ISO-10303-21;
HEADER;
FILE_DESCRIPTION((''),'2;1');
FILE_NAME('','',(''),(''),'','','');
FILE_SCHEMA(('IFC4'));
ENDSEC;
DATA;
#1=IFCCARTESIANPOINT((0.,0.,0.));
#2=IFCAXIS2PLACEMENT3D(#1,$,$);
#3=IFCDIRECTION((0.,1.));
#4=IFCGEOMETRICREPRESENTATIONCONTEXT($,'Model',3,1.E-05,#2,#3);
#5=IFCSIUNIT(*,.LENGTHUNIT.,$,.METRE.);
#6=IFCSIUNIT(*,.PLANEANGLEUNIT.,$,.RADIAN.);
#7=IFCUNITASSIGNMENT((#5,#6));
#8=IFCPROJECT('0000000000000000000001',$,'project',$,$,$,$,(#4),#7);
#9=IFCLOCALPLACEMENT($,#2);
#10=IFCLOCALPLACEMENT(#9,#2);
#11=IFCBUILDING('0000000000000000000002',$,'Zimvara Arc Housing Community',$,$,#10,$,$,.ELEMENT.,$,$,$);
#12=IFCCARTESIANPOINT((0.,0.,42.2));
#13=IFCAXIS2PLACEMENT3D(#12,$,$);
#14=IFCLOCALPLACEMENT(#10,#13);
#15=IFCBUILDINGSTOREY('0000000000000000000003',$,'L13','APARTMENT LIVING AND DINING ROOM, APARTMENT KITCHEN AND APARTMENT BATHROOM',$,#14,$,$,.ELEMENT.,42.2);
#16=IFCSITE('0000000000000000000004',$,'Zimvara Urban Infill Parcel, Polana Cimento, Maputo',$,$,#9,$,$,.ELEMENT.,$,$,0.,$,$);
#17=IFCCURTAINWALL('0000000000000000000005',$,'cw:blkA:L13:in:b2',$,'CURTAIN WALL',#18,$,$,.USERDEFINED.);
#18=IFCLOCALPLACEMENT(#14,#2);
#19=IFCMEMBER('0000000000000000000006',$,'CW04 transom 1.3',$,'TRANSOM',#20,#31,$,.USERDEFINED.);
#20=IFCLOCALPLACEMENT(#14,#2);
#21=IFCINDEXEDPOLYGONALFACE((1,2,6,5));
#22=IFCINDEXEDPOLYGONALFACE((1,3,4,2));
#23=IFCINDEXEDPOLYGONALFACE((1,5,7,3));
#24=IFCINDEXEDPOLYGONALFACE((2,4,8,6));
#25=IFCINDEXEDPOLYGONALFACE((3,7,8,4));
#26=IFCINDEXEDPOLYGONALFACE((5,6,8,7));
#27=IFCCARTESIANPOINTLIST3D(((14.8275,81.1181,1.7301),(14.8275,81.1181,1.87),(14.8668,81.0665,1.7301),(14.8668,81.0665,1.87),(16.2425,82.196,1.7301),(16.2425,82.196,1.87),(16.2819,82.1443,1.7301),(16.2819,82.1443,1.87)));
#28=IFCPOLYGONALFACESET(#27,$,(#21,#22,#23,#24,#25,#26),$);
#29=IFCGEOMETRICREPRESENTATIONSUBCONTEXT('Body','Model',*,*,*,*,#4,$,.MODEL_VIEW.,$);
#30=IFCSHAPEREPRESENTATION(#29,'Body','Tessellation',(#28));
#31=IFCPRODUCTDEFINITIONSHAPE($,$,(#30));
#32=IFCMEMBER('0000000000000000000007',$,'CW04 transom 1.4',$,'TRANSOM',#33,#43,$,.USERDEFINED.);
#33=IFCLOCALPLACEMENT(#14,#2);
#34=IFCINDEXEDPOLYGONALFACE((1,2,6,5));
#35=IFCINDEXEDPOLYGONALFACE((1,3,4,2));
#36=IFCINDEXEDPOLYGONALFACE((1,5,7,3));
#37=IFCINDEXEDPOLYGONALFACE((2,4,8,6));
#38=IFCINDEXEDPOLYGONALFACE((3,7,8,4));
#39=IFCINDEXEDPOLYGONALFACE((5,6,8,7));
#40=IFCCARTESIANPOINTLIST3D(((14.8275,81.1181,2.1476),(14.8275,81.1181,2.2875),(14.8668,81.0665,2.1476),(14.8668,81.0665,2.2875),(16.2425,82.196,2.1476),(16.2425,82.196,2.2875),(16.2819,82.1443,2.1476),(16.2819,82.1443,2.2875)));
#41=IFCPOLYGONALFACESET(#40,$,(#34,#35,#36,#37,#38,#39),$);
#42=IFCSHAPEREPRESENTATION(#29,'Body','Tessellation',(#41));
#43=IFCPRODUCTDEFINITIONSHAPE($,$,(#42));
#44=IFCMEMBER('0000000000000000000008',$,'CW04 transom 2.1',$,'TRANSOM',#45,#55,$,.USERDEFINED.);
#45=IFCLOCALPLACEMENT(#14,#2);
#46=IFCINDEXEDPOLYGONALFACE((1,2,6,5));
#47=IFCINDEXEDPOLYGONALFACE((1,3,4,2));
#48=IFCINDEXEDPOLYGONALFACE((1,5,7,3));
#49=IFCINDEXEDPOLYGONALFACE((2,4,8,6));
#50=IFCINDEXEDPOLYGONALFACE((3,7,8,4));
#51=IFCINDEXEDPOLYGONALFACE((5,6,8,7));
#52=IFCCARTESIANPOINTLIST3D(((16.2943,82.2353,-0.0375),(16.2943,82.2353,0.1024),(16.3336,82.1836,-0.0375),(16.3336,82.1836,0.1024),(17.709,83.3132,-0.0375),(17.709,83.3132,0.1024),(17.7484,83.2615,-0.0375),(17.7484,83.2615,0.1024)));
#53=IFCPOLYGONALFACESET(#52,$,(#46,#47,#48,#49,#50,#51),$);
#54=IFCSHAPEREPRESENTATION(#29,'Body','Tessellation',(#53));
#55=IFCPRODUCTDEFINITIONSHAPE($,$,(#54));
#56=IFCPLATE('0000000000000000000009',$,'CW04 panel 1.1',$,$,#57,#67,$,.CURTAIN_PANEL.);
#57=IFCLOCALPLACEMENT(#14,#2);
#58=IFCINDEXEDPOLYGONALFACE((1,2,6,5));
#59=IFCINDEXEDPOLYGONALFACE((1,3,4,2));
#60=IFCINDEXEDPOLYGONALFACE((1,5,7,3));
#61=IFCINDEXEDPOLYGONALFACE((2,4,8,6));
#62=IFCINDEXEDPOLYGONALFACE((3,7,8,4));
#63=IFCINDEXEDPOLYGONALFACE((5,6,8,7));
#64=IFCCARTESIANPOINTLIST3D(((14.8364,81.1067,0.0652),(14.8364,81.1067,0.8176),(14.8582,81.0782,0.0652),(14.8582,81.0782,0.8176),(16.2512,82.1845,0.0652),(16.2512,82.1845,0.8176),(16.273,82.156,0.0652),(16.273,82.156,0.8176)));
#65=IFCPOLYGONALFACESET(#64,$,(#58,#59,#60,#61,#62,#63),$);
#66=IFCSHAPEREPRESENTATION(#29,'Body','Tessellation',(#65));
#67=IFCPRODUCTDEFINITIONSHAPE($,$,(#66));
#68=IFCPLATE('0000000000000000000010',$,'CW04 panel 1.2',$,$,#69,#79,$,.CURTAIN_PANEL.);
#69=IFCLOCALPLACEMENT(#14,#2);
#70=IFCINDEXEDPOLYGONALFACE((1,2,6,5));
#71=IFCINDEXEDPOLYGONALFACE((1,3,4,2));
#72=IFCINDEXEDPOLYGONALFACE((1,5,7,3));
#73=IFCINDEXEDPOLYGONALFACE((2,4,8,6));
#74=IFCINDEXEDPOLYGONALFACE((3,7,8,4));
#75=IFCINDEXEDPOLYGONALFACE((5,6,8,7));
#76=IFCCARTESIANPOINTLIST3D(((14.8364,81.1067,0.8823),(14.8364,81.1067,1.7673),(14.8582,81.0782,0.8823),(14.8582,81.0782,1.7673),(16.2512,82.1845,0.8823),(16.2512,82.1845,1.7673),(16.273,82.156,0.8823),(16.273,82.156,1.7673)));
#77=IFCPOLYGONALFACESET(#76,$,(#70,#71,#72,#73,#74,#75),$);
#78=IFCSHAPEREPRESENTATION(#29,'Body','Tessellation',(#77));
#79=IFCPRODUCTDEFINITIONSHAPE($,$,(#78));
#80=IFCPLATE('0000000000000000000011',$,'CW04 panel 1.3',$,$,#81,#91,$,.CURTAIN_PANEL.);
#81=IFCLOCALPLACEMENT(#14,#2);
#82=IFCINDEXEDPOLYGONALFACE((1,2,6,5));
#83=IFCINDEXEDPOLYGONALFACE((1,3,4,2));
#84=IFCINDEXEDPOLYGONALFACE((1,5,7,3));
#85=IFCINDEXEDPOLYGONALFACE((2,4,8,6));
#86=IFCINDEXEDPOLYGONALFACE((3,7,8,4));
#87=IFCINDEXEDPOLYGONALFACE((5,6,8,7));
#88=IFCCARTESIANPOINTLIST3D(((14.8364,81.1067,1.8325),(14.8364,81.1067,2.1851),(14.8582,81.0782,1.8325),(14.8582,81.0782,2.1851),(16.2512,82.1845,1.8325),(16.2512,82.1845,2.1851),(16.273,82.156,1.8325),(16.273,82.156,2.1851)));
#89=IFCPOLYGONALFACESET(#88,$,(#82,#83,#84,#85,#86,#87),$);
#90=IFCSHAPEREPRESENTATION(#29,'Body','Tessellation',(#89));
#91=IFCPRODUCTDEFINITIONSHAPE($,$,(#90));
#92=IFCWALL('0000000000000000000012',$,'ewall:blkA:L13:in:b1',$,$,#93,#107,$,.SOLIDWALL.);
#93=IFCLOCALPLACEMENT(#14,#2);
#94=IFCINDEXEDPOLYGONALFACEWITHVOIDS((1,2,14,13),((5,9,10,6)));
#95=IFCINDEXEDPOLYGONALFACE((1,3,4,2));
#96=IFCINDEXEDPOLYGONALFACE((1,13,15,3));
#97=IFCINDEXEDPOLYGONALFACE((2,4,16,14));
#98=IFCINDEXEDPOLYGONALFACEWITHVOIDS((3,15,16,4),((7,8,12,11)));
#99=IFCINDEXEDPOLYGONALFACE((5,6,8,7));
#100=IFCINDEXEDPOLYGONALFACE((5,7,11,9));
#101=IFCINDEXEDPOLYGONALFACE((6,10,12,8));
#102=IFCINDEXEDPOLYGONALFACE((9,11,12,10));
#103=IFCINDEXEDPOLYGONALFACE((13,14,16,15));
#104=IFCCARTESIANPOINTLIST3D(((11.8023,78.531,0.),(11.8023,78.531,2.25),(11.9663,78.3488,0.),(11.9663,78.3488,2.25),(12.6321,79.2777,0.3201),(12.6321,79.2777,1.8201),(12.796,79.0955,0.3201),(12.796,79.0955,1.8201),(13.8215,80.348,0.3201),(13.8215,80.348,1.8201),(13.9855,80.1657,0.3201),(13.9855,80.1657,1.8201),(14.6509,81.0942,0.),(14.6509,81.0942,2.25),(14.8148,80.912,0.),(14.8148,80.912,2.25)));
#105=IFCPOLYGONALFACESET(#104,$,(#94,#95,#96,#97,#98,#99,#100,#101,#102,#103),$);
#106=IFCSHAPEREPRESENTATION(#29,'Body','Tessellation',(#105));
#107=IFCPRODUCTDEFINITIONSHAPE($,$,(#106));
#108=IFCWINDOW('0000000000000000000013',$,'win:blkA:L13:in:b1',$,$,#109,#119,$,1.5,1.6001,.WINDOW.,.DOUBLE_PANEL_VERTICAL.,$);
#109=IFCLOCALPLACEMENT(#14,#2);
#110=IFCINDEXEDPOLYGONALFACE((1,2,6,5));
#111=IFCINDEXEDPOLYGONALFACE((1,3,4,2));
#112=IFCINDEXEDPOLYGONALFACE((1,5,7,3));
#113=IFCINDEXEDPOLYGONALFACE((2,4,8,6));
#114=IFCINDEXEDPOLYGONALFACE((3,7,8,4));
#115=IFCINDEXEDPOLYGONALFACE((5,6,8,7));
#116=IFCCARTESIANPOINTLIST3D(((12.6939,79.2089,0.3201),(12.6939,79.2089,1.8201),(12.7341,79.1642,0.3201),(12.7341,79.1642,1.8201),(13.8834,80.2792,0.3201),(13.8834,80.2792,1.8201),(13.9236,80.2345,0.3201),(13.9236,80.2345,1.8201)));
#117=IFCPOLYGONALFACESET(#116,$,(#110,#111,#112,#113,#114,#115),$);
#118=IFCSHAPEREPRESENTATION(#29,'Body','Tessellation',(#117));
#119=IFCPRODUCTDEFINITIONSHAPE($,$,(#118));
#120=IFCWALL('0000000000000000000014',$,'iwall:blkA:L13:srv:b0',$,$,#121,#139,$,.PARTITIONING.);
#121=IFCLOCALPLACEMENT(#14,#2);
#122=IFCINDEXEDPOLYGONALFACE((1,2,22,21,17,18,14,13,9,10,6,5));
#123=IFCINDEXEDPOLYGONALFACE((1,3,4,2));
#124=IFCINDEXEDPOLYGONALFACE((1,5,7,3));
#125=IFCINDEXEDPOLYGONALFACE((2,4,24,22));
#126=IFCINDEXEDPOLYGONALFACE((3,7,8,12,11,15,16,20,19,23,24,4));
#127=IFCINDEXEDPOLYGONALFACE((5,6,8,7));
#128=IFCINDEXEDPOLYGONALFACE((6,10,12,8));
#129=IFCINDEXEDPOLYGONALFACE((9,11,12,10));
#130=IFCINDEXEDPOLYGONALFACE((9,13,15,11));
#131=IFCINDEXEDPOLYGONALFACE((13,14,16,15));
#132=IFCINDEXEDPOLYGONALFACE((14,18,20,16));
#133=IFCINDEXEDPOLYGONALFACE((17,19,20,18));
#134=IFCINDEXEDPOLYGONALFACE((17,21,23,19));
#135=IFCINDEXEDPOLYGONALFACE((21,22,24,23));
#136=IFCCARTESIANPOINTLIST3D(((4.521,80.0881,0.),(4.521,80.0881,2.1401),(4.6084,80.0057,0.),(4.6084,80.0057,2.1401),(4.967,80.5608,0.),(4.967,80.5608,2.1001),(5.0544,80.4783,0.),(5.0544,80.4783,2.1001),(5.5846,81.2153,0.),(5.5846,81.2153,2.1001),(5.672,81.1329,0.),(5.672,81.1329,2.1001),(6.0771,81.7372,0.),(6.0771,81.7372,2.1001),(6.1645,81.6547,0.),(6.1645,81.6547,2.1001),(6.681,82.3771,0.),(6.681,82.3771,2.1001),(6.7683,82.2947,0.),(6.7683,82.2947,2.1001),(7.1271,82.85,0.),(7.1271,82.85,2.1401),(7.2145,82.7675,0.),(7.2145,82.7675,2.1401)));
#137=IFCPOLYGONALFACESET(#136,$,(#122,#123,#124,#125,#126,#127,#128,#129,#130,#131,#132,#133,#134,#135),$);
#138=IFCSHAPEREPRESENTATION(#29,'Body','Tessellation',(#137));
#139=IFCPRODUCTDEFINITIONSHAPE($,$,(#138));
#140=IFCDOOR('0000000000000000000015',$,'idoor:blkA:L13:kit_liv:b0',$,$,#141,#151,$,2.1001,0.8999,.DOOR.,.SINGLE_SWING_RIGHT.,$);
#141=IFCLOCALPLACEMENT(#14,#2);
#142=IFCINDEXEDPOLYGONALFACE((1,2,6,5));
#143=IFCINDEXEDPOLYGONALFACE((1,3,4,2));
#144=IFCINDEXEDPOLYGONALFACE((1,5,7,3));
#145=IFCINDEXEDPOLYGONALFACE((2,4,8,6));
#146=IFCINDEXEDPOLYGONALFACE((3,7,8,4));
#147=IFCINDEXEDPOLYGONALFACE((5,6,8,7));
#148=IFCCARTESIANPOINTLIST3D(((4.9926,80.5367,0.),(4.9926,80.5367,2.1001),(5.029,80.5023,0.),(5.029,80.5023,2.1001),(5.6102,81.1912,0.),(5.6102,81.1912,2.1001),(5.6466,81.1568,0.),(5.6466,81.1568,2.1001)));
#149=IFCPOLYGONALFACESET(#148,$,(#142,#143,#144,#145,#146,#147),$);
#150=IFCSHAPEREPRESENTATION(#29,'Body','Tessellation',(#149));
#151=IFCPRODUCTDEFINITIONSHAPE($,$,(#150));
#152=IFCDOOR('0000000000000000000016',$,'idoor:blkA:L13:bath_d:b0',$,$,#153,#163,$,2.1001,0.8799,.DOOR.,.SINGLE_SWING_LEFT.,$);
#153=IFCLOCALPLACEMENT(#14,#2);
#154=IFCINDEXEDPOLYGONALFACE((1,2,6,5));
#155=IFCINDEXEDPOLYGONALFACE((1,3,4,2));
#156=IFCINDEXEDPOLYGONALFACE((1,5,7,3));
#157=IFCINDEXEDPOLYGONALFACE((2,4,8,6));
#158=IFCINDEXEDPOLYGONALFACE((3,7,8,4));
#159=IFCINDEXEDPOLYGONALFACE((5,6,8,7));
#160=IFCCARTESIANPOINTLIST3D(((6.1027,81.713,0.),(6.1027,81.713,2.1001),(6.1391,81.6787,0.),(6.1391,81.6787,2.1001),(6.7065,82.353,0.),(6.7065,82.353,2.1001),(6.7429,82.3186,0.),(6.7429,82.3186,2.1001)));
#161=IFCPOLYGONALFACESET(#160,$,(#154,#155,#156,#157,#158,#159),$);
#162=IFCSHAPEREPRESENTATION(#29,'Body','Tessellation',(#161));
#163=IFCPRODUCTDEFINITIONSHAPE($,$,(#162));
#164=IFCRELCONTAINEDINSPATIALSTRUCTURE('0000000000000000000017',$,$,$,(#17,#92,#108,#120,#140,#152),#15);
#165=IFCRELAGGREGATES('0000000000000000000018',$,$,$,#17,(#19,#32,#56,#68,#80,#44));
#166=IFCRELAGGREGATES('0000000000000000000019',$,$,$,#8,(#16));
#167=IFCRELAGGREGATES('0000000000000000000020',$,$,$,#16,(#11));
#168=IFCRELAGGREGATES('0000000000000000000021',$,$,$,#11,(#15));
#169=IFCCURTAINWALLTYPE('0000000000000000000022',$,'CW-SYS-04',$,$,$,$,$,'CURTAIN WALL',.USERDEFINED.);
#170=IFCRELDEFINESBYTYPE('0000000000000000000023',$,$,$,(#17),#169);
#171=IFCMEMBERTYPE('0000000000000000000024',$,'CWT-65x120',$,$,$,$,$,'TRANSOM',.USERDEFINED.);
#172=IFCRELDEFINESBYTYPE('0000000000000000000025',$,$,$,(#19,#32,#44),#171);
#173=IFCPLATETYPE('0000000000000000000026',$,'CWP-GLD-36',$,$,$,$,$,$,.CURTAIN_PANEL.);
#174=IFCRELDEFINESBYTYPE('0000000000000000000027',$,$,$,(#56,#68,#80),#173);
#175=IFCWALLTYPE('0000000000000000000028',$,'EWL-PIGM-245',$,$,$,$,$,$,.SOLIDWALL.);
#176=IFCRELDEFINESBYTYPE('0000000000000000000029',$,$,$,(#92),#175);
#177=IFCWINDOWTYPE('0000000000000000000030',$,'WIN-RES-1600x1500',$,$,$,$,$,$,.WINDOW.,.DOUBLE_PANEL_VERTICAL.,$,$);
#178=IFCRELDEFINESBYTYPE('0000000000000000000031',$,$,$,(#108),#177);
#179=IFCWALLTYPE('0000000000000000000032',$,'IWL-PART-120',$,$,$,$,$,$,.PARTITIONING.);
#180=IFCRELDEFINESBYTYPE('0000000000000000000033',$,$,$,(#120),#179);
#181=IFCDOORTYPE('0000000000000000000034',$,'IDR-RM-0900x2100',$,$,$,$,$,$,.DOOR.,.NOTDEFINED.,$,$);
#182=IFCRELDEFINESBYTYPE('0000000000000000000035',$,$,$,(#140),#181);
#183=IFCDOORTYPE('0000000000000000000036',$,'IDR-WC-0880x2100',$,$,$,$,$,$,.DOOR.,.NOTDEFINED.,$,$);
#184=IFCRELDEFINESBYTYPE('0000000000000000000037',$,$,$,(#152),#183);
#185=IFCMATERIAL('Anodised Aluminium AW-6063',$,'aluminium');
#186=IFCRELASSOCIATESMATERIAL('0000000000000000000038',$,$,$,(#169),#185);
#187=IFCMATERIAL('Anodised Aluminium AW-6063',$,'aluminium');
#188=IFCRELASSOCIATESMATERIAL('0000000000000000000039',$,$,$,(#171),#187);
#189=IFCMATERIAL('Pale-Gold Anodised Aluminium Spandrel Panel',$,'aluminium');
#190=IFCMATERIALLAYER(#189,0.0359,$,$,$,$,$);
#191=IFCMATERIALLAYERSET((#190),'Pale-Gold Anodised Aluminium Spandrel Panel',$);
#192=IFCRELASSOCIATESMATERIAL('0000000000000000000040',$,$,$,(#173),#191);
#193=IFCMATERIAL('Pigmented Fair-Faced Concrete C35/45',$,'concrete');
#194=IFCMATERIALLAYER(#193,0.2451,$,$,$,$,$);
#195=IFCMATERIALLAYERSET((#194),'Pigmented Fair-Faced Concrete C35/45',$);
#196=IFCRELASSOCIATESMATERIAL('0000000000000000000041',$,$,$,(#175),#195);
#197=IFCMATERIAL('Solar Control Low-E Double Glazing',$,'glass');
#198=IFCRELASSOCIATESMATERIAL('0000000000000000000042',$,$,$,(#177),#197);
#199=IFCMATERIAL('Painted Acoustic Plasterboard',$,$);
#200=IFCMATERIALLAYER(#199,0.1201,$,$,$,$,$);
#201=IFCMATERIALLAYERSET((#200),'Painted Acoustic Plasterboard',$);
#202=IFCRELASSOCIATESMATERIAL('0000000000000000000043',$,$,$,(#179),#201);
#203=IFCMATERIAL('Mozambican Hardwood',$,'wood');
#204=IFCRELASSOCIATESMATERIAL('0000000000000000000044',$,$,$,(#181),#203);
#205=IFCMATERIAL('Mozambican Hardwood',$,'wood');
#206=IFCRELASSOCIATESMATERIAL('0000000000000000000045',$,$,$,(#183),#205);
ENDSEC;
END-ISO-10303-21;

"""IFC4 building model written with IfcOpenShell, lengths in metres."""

from ifc_helpers import new_model, si_unit, direction, frame, frame_2d, origin, origin_2d, place, context, subcontext, project, spatial, rectangle, extrude, material, layer, layer_set, material_profile, profile_set, type_object, element, fill, aggregate, save


model = new_model("IFC4")

# Units and contexts
model_context = context("Model", 3, precision=1e-05, world=origin(), true_north=direction((0.0, 1.0)))
body_context = subcontext(model_context, "Body", "Model", "MODEL_VIEW")
ifc_project = project(units=[si_unit("LENGTHUNIT", "METRE"), si_unit("PLANEANGLEUNIT", "RADIAN")], contexts=[model_context])

# Site, building, storey
site_placement = place(None, origin())
site = spatial("IfcSite", under=ifc_project, at=site_placement, Name="Zimvara Urban Infill Parcel, Polana Cimento, Maputo", CompositionType="ELEMENT", RefElevation=0.0)
building_placement = place(site_placement, origin())
building = spatial("IfcBuilding", under=site, at=building_placement, Name="Zimvara Arc Housing Community", CompositionType="ELEMENT")
storey_placement = place(building_placement, frame((0.0, 0.0, 42.2)))
storey = spatial("IfcBuildingStorey", under=building, at=storey_placement, Name="L13", Description="APARTMENT LIVING AND DINING ROOM, APARTMENT KITCHEN AND APARTMENT BATHROOM", CompositionType="ELEMENT", Elevation=42.2)

# Curtain wall, members, plates
ifc_material_1 = material(Name="Anodised Aluminium AW-6063", Category="aluminium")
curtain_wall_type = type_object("IfcCurtainWallType", Name="CW-SYS-04", ElementType="CURTAIN WALL", PredefinedType="USERDEFINED", material=ifc_material_1)
curtain_wall_placement = place(storey_placement, origin())
curtain_wall = element("IfcCurtainWall", 1, at=curtain_wall_placement, inside=storey, type_object=curtain_wall_type, Name="cw:blkA:L13:in:b2", ObjectType="CURTAIN WALL", PredefinedType="USERDEFINED")
ifc_material_2 = material(Name="Anodised Aluminium AW-6063", Category="aluminium")
ifc_material_profile_1 = material_profile(ifc_material_2, rectangle(XDim=0.0649, YDim=0.1399, at=origin_2d()), Name="ALU 65x140")
ifc_profile_set_1 = profile_set([ifc_material_profile_1], Name="Anodised Aluminium AW-6063")
member_type_1 = type_object("IfcMemberType", Name="CWT-65x120", ElementType="TRANSOM", PredefinedType="USERDEFINED", material=ifc_profile_set_1)
member_1_placement = place(storey_placement, frame((14.8472, 81.0923, 1.8), z_axis=(0.795498, 0.605956, 0.0), x_axis=(-0.605956, 0.795498, 0.0)))
member_1 = element("IfcMember", 2, at=member_1_placement, type_object=member_type_1, Name="CW04 transom 1.3", ObjectType="TRANSOM", PredefinedType="USERDEFINED", context=body_context, shape_type="SweptSolid", body=[
    extrude(rectangle(XDim=0.0649, YDim=0.1399, at=origin_2d()), origin(), (0.0, 0.0, 1.0), 1.7788),
])
member_2_placement = place(storey_placement, frame((14.8472, 81.0923, 2.2175), z_axis=(0.795498, 0.605956, 0.0), x_axis=(-0.605956, 0.795498, 0.0)))
member_2 = element("IfcMember", 3, at=member_2_placement, type_object=member_type_1, Name="CW04 transom 1.4", ObjectType="TRANSOM", PredefinedType="USERDEFINED", context=body_context, shape_type="SweptSolid", body=[
    extrude(rectangle(XDim=0.0649, YDim=0.1399, at=origin_2d()), origin(), (0.0, 0.0, 1.0), 1.7788),
])
member_3_placement = place(storey_placement, frame((16.314, 82.2095, 0.0325), z_axis=(0.795447, 0.606023, 0.0), x_axis=(-0.606023, 0.795447, 0.0)))
member_3 = element("IfcMember", 4, at=member_3_placement, type_object=member_type_1, Name="CW04 transom 2.1", ObjectType="TRANSOM", PredefinedType="USERDEFINED", context=body_context, shape_type="SweptSolid", body=[
    extrude(rectangle(XDim=0.0649, YDim=0.1399, at=origin_2d()), origin(), (0.0, 0.0, 1.0), 1.7786),
])
ifc_material_3 = material(Name="Pale-Gold Anodised Aluminium Spandrel Panel", Category="aluminium")
ifc_layer_1 = layer(ifc_material_3, 0.0359)
ifc_layer_set_1 = layer_set([ifc_layer_1], Name="Pale-Gold Anodised Aluminium Spandrel Panel")
plate_type = type_object("IfcPlateType", Name="CWP-GLD-36", PredefinedType="CURTAIN_PANEL", material=ifc_layer_set_1)
plate_1_placement = place(storey_placement, frame((15.5547, 81.6313, 0.0652), z_axis=(0.0, 0.0, 1.0), x_axis=(0.795474, 0.605988, 0.0)))
plate_1 = element("IfcPlate", 5, at=plate_1_placement, type_object=plate_type, Name="CW04 panel 1.1", PredefinedType="CURTAIN_PANEL", context=body_context, shape_type="SweptSolid", body=[
    extrude(rectangle(XDim=1.7786, YDim=0.0359, at=origin_2d()), origin(), (0.0, 0.0, 1.0), 0.7524),
])
plate_2_placement = place(storey_placement, frame((15.5547, 81.6313, 0.8823), z_axis=(0.0, 0.0, 1.0), x_axis=(0.795474, 0.605988, 0.0)))
plate_2 = element("IfcPlate", 6, at=plate_2_placement, type_object=plate_type, Name="CW04 panel 1.2", PredefinedType="CURTAIN_PANEL", context=body_context, shape_type="SweptSolid", body=[
    extrude(rectangle(XDim=1.7786, YDim=0.0359, at=origin_2d()), origin(), (0.0, 0.0, 1.0), 0.885),
])
plate_3_placement = place(storey_placement, frame((15.5547, 81.6313, 1.8325), z_axis=(0.0, 0.0, 1.0), x_axis=(0.795474, 0.605988, 0.0)))
plate_3 = element("IfcPlate", 7, at=plate_3_placement, type_object=plate_type, Name="CW04 panel 1.3", PredefinedType="CURTAIN_PANEL", context=body_context, shape_type="SweptSolid", body=[
    extrude(rectangle(XDim=1.7786, YDim=0.0359, at=origin_2d()), origin(), (0.0, 0.0, 1.0), 0.3525),
])
aggregate(curtain_wall, [member_1, member_2, plate_1, plate_2, plate_3, member_3])

# Wall, opening, window
ifc_material_4 = material(Name="Pigmented Fair-Faced Concrete C35/45", Category="concrete")
ifc_layer_2 = layer(ifc_material_4, 0.2451)
ifc_layer_set_2 = layer_set([ifc_layer_2], Name="Pigmented Fair-Faced Concrete C35/45")
wall_type_1 = type_object("IfcWallType", Name="EWL-PIGM-245", PredefinedType="SOLIDWALL", material=ifc_layer_set_2)
wall_1_placement = place(storey_placement, frame((11.8843, 78.4399, 0.0), z_axis=(0.0, 0.0, 1.0), x_axis=(0.743364, 0.668887, 0.0)))
wall_1 = element("IfcWall", 8, at=wall_1_placement, inside=storey, type_object=wall_type_1, Name="ewall:blkA:L13:in:b1", PredefinedType="SOLIDWALL", context=body_context, shape_type="SweptSolid", body=[
    extrude(rectangle(XDim=3.832, YDim=0.2451, at=frame_2d((1.916, 0.0))), origin(), (0.0, 0.0, 1.0), 2.25),
])
opening_1_placement = place(wall_1_placement, frame((1.1162, 0.0, 0.3201)))
opening_1 = element("IfcOpeningElement", 9, at=opening_1_placement, cuts=wall_1, PredefinedType="OPENING", context=body_context, shape_type="SweptSolid", body=[
    extrude(rectangle(XDim=1.6001, YDim=1.5, at=frame_2d((0.8, 0.75))), frame((0.0, 0.1326, 0.0), z_axis=(0.0, -1.0, 0.0), x_axis=(1.0, 0.0, 0.0)), (0.0, 0.0, 1.0), 0.2651),
])
ifc_material_5 = material(Name="Solar Control Low-E Double Glazing", Category="glass")
window_type = type_object("IfcWindowType", Name="WIN-RES-1600x1500", PartitioningType="DOUBLE_PANEL_VERTICAL", PredefinedType="WINDOW", material=ifc_material_5)
window_placement = place(opening_1_placement, origin())
window = element("IfcWindow", 10, at=window_placement, inside=storey, type_object=window_type, Name="win:blkA:L13:in:b1", OverallHeight=1.5, OverallWidth=1.6001, PartitioningType="DOUBLE_PANEL_VERTICAL", PredefinedType="WINDOW", context=body_context, shape_type="SweptSolid", body=[
    extrude(rectangle(XDim=1.6001, YDim=1.5, at=frame_2d((0.8, 0.75))), frame((0.0, 0.03, 0.0), z_axis=(0.0, -1.0, 0.0), x_axis=(1.0, 0.0, 0.0)), (0.0, 0.0, 1.0), 0.0601),
])
fill(opening_1, window)

# Wall, openings, doors
ifc_material_6 = material(Name="Painted Acoustic Plasterboard")
ifc_layer_3 = layer(ifc_material_6, 0.1201)
ifc_layer_set_3 = layer_set([ifc_layer_3], Name="Painted Acoustic Plasterboard")
wall_type_2 = type_object("IfcWallType", Name="IWL-PART-120", PredefinedType="PARTITIONING", material=ifc_layer_set_3)
wall_2_placement = place(storey_placement, frame((4.5647, 80.0469, 0.0), z_axis=(0.0, 0.0, 1.0), x_axis=(0.686301, 0.727318, 0.0)))
wall_2 = element("IfcWall", 11, at=wall_2_placement, inside=storey, type_object=wall_type_2, Name="iwall:blkA:L13:srv:b0", PredefinedType="PARTITIONING", context=body_context, shape_type="SweptSolid", body=[
    extrude(rectangle(XDim=3.7974, YDim=0.1201, at=frame_2d((1.8987, 0.0))), origin(), (0.0, 0.0, 1.0), 2.1401),
])
opening_2_placement = place(wall_2_placement, frame((0.6499, 0.0, 0.0)))
opening_2 = element("IfcOpeningElement", 12, at=opening_2_placement, cuts=wall_2, PredefinedType="OPENING", context=body_context, shape_type="SweptSolid", body=[
    extrude(rectangle(XDim=0.8999, YDim=2.1001, at=frame_2d((0.45, 1.05))), frame((0.0, 0.0701, 0.0), z_axis=(0.0, -1.0, 0.0), x_axis=(1.0, 0.0, 0.0)), (0.0, 0.0, 1.0), 0.1401),
])
opening_3_placement = place(wall_2_placement, frame((2.2673, 0.0, 0.0)))
opening_3 = element("IfcOpeningElement", 13, at=opening_3_placement, cuts=wall_2, PredefinedType="OPENING", context=body_context, shape_type="SweptSolid", body=[
    extrude(rectangle(XDim=0.8799, YDim=2.1001, at=frame_2d((0.4399, 1.05))), frame((0.0, 0.0701, 0.0), z_axis=(0.0, -1.0, 0.0), x_axis=(1.0, 0.0, 0.0)), (0.0, 0.0, 1.0), 0.1401),
])
ifc_material_7 = material(Name="Mozambican Hardwood", Category="wood")
door_type_1 = type_object("IfcDoorType", Name="IDR-RM-0900x2100", OperationType="NOTDEFINED", PredefinedType="DOOR", material=ifc_material_7)
door_1_placement = place(opening_2_placement, origin())
door_1 = element("IfcDoor", 14, at=door_1_placement, inside=storey, type_object=door_type_1, Name="idoor:blkA:L13:kit_liv:b0", OperationType="SINGLE_SWING_RIGHT", OverallHeight=2.1001, OverallWidth=0.8999, PredefinedType="DOOR", context=body_context, shape_type="SweptSolid", body=[
    extrude(rectangle(XDim=0.8999, YDim=2.1001, at=frame_2d((0.45, 1.05))), frame((0.0, 0.0249, 0.0), z_axis=(0.0, -1.0, 0.0), x_axis=(1.0, 0.0, 0.0)), (0.0, 0.0, 1.0), 0.05),
])
fill(opening_2, door_1)
ifc_material_8 = material(Name="Mozambican Hardwood", Category="wood")
door_type_2 = type_object("IfcDoorType", Name="IDR-WC-0880x2100", OperationType="NOTDEFINED", PredefinedType="DOOR", material=ifc_material_8)
door_2_placement = place(opening_3_placement, origin())
door_2 = element("IfcDoor", 15, at=door_2_placement, inside=storey, type_object=door_type_2, Name="idoor:blkA:L13:bath_d:b0", OperationType="SINGLE_SWING_LEFT", OverallHeight=2.1001, OverallWidth=0.8799, PredefinedType="DOOR", context=body_context, shape_type="SweptSolid", body=[
    extrude(rectangle(XDim=0.8799, YDim=2.1001, at=frame_2d((0.4399, 1.05))), frame((0.0, 0.0249, 0.0), z_axis=(0.0, -1.0, 0.0), x_axis=(1.0, 0.0, 0.0)), (0.0, 0.0, 1.0), 0.05),
])
fill(opening_3, door_2)

save(model, "model.ifc")
